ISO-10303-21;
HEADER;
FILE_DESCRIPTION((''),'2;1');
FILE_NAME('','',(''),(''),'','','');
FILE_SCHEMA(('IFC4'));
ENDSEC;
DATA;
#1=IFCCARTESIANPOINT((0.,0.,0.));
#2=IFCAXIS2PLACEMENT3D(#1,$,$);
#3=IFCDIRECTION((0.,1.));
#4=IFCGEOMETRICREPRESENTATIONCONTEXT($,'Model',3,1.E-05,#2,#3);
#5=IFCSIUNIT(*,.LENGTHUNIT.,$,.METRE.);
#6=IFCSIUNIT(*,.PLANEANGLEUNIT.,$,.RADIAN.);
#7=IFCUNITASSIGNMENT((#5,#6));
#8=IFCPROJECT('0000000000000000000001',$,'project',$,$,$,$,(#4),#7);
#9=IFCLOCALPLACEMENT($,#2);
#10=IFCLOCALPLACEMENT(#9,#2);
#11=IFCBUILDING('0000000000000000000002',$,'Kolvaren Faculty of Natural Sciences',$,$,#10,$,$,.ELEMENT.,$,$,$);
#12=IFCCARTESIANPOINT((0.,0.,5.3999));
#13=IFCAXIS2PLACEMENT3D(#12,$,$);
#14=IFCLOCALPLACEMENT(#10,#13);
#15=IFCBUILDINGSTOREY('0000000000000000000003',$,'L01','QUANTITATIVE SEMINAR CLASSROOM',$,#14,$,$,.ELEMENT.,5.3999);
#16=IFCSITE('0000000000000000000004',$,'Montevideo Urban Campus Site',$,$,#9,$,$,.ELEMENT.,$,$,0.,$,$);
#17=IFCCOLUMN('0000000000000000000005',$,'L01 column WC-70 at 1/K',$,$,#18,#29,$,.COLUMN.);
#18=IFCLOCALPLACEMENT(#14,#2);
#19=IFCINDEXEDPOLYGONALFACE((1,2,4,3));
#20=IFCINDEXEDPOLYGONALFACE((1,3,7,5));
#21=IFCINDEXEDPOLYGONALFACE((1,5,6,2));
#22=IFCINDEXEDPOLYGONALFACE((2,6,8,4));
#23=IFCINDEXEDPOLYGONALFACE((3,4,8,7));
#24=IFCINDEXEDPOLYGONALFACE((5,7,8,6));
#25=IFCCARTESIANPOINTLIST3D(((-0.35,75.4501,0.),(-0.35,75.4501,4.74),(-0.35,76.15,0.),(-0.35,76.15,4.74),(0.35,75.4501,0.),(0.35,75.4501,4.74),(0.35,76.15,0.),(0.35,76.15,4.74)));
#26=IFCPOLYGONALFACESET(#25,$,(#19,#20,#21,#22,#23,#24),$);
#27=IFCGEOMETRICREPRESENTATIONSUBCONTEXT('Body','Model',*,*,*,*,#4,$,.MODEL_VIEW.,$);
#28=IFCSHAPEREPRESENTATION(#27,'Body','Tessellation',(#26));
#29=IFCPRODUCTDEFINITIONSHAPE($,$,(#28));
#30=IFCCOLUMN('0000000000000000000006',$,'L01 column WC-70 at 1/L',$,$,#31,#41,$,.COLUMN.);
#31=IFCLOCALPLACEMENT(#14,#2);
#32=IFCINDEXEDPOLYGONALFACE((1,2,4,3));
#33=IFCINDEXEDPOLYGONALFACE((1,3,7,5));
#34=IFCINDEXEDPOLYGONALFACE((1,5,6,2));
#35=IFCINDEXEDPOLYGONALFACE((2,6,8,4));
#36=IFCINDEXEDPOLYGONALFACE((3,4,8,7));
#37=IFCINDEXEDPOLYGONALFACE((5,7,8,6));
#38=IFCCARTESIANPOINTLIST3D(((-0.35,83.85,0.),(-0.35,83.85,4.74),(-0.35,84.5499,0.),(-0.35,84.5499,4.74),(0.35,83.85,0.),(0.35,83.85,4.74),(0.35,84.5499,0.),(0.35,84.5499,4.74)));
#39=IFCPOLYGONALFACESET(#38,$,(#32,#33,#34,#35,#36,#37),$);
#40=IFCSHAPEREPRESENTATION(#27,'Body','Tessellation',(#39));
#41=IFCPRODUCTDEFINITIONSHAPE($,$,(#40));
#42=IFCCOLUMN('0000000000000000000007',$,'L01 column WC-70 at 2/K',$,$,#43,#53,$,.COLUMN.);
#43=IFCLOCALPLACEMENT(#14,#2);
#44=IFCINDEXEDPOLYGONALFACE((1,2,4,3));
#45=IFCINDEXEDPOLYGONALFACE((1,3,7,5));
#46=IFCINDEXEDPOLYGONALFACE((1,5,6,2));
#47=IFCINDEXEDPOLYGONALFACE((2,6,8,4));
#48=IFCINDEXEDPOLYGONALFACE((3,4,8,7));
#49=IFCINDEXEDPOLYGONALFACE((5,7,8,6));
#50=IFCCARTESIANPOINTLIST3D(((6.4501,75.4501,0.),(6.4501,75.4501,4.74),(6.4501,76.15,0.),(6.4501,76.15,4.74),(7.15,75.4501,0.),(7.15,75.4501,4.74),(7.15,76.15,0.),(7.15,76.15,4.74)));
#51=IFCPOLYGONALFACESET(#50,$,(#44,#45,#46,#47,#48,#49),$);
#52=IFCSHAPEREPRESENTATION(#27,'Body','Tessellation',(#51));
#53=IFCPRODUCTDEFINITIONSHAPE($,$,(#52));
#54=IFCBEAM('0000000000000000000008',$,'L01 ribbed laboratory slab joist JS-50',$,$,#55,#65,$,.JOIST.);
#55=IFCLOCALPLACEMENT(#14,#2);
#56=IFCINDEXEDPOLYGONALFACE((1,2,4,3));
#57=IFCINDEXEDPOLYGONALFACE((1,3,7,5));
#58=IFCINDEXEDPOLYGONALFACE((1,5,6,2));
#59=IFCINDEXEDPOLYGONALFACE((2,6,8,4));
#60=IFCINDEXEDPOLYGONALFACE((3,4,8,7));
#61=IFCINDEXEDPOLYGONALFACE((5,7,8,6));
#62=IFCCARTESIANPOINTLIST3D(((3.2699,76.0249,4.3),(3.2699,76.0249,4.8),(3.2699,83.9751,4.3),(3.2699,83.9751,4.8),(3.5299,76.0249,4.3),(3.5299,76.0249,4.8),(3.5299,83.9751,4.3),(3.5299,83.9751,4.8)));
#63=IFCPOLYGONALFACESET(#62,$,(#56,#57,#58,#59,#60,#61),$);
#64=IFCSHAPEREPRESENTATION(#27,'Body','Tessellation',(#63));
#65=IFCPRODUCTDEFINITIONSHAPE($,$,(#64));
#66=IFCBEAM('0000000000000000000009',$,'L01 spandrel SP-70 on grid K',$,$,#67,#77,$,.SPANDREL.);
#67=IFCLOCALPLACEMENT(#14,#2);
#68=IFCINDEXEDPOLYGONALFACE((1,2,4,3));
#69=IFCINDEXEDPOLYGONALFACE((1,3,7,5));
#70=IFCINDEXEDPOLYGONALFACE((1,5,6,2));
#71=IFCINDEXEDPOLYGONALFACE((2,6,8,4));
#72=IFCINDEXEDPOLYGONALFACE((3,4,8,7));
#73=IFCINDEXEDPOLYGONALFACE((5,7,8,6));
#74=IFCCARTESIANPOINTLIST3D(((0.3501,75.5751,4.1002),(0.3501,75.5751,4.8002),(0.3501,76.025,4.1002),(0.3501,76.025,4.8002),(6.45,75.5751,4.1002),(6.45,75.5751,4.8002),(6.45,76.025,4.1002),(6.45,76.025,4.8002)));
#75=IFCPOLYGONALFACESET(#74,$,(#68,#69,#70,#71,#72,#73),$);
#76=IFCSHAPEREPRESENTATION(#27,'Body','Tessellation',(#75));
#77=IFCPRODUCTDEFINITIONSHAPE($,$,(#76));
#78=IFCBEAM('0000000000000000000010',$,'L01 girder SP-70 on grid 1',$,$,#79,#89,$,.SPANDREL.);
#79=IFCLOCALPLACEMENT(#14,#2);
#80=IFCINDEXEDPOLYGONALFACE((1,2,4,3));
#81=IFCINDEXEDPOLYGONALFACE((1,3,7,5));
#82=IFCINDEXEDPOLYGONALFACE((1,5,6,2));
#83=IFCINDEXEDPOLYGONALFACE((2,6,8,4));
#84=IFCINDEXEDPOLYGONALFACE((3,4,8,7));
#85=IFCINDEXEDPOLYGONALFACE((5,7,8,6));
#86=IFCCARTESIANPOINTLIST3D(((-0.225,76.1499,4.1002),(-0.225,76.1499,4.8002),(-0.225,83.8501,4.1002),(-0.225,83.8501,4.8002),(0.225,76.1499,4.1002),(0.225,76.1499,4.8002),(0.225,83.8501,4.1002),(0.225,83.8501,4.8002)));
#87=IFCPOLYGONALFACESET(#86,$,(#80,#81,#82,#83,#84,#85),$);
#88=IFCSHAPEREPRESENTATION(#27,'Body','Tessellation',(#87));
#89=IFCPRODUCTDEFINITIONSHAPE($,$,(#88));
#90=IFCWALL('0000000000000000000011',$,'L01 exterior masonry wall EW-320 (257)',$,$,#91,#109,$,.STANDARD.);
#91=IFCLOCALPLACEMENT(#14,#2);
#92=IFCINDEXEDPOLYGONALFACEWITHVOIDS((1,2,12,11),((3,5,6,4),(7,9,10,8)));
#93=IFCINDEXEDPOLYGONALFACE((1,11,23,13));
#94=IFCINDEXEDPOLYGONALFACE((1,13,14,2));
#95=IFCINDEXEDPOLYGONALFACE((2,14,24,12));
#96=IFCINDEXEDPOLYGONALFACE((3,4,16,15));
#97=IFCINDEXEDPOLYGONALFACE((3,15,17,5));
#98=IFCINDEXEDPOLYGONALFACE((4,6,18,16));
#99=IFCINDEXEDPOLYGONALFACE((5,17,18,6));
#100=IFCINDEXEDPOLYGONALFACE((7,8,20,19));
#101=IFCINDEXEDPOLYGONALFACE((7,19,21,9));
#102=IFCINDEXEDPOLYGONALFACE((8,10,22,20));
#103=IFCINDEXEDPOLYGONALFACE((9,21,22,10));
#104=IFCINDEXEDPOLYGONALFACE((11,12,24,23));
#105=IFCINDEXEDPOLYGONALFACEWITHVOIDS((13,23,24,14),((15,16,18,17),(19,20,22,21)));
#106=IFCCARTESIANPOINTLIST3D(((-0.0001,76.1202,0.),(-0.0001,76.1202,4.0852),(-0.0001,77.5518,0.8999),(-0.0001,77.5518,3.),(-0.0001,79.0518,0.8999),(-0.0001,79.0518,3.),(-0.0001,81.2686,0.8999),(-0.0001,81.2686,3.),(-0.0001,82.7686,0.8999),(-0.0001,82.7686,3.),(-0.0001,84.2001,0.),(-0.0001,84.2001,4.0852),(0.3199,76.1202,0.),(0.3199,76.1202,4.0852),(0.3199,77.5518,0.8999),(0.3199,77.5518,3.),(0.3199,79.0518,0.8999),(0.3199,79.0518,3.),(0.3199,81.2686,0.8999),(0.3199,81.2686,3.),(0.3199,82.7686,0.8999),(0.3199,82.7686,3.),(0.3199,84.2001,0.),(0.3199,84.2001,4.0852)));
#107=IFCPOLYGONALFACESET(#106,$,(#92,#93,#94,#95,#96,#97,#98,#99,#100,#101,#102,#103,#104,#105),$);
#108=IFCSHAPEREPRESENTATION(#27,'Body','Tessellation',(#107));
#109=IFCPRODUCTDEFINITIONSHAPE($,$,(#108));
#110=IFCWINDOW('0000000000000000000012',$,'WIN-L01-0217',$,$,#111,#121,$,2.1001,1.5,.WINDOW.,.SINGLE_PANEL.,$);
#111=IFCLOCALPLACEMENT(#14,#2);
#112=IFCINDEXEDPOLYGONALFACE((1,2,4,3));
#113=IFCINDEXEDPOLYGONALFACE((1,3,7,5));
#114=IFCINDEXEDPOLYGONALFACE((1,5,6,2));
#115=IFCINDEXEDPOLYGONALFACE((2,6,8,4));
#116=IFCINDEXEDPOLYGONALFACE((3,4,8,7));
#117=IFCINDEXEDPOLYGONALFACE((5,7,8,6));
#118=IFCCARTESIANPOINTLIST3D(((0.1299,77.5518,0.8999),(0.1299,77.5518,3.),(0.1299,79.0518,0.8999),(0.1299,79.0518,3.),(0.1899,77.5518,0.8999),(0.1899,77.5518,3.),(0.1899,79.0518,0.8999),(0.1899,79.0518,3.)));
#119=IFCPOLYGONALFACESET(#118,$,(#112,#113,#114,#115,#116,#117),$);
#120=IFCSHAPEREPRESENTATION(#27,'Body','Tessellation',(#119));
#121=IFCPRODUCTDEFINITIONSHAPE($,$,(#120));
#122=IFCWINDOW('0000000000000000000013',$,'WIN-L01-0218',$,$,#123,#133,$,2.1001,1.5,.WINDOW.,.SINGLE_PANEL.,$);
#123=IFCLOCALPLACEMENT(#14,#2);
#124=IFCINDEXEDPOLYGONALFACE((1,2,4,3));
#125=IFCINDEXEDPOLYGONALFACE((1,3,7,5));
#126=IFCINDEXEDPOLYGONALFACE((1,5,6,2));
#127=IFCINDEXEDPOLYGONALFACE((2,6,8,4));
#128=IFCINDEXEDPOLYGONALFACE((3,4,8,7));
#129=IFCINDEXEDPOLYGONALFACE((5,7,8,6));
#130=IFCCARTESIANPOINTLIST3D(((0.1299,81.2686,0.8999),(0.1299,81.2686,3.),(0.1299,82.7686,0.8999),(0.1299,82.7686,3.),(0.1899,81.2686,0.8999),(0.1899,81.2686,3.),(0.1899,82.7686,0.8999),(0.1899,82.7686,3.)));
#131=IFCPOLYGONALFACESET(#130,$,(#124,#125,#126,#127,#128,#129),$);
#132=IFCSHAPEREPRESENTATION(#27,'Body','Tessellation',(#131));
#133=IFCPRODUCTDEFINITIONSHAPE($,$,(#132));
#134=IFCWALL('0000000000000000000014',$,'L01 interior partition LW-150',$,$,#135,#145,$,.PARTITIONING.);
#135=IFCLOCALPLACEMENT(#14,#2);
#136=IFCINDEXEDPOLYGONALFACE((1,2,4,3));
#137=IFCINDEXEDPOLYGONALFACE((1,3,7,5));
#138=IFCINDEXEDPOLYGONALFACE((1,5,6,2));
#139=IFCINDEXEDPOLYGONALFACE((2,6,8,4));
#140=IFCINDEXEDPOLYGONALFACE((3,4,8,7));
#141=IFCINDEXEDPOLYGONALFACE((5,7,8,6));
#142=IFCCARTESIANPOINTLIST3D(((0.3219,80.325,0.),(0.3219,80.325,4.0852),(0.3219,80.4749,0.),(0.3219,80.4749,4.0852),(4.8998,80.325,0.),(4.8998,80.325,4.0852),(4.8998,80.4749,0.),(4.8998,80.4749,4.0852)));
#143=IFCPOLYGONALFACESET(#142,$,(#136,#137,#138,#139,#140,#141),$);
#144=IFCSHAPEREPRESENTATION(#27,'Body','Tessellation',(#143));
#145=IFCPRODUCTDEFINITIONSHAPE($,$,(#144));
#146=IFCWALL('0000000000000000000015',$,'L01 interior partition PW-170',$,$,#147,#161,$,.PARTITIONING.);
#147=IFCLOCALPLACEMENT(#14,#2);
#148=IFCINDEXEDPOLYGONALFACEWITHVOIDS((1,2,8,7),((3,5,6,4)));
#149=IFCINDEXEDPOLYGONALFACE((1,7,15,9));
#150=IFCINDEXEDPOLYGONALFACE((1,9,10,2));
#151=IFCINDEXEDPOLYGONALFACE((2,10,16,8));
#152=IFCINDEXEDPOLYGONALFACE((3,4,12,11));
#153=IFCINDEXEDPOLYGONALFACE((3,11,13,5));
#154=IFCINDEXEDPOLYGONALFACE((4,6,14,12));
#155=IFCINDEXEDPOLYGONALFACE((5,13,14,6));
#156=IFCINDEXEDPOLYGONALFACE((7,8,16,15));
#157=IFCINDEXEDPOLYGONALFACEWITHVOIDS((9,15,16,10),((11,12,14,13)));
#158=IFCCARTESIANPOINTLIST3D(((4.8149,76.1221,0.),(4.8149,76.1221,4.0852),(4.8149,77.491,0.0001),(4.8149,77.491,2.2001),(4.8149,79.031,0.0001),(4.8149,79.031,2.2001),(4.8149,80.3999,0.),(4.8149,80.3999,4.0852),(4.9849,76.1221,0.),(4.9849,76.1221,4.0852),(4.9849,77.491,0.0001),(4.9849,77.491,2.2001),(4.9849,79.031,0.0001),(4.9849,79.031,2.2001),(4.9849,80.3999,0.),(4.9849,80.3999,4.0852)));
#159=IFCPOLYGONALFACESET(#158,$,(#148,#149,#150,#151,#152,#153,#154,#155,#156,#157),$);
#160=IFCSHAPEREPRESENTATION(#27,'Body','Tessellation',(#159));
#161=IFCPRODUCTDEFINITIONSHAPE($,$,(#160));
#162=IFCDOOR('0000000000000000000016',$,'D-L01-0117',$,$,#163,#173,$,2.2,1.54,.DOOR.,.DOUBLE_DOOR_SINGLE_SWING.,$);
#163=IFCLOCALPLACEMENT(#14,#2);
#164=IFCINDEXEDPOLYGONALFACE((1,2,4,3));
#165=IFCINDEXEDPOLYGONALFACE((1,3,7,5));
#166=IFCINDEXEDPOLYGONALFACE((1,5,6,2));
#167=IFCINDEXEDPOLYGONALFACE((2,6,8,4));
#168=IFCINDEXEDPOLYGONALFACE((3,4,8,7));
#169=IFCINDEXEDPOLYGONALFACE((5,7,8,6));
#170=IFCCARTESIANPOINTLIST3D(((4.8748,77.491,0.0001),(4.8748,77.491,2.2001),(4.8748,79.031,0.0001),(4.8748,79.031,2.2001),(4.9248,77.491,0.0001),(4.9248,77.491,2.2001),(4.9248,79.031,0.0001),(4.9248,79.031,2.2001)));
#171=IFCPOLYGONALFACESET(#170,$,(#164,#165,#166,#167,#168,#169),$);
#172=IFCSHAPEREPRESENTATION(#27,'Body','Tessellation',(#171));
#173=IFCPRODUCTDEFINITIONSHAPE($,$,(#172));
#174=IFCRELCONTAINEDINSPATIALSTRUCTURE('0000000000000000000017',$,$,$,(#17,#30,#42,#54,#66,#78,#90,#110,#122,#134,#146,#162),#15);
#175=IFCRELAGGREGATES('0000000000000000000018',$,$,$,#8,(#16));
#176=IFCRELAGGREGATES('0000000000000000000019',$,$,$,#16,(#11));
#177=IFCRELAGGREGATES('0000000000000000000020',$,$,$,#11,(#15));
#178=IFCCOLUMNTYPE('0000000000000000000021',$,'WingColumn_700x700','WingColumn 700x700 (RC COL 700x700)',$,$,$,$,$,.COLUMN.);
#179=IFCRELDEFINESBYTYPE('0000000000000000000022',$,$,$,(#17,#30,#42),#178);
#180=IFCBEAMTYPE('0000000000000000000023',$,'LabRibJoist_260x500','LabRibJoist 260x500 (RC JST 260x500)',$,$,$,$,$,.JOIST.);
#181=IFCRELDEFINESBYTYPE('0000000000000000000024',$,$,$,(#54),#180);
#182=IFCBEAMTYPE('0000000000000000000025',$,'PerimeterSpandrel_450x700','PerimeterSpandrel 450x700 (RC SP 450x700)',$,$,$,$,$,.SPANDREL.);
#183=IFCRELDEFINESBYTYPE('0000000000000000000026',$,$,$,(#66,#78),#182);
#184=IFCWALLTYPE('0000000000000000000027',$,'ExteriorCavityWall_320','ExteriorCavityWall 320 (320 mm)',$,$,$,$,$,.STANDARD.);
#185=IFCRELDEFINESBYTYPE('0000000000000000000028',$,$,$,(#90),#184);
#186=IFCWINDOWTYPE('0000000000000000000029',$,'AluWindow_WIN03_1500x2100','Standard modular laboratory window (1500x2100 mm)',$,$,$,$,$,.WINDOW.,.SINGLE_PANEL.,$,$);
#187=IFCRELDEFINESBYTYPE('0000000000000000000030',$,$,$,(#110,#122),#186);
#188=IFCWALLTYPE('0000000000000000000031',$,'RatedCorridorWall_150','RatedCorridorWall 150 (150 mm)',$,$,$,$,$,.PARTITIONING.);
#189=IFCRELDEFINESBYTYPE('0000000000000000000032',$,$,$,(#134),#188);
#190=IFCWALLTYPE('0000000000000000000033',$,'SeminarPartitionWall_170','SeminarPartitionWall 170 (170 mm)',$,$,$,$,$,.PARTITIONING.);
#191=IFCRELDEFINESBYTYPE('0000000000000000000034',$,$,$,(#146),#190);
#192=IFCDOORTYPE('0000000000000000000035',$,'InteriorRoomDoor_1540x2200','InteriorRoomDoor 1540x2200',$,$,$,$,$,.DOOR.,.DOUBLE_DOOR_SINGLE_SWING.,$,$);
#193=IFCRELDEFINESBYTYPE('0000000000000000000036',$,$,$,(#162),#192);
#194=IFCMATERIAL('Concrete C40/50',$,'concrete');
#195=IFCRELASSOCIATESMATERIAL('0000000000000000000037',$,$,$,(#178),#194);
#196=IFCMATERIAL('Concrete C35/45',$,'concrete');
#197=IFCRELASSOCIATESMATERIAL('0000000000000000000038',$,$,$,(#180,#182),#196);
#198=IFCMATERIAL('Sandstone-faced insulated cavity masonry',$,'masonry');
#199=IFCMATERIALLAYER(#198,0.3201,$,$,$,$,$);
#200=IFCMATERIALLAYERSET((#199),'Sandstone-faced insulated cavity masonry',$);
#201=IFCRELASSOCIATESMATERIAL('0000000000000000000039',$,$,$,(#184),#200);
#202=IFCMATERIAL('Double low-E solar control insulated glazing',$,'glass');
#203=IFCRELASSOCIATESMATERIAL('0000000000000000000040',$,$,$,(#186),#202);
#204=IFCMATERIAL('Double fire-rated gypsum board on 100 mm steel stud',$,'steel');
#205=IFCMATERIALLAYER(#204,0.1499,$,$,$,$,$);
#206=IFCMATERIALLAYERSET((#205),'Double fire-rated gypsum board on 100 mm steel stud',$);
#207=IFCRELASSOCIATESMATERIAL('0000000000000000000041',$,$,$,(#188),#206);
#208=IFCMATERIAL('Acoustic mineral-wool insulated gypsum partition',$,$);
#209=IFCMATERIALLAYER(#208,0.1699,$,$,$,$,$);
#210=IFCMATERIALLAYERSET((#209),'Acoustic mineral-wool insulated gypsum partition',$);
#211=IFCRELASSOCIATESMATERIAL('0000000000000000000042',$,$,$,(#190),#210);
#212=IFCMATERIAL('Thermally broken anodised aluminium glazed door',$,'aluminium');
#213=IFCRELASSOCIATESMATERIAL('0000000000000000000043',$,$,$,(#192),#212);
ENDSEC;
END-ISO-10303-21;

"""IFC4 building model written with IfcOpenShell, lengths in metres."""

from ifc_helpers import new_model, si_unit, direction, frame, frame_2d, origin, origin_2d, place, context, subcontext, project, spatial, rectangle, extrude, material, layer, layer_set, material_profile, profile_set, type_object, element, fill, save


model = new_model("IFC4")

# Units and contexts
model_context = context("Model", 3, precision=1e-05, world=origin(), true_north=direction((0.0, 1.0)))
body_context = subcontext(model_context, "Body", "Model", "MODEL_VIEW")
ifc_project = project(units=[si_unit("LENGTHUNIT", "METRE"), si_unit("PLANEANGLEUNIT", "RADIAN")], contexts=[model_context])

# Site, building, storey
site_placement = place(None, origin())
site = spatial("IfcSite", under=ifc_project, at=site_placement, Name="Montevideo Urban Campus Site", CompositionType="ELEMENT", RefElevation=0.0)
building_placement = place(site_placement, origin())
building = spatial("IfcBuilding", under=site, at=building_placement, Name="Kolvaren Faculty of Natural Sciences", CompositionType="ELEMENT")
storey_placement = place(building_placement, frame((0.0, 0.0, 5.3999)))
storey = spatial("IfcBuildingStorey", under=building, at=storey_placement, Name="L01", Description="QUANTITATIVE SEMINAR CLASSROOM", CompositionType="ELEMENT", Elevation=5.3999)

# Columns
ifc_material_1 = material(Name="Concrete C40/50", Category="concrete")
ifc_material_profile_1 = material_profile(ifc_material_1, rectangle(XDim=0.7, YDim=0.7, at=origin_2d()), Name="RC COL 700x700")
ifc_profile_set_1 = profile_set([ifc_material_profile_1], Name="Concrete C40/50")
column_type = type_object("IfcColumnType", Name="WingColumn_700x700", Description="WingColumn 700x700 (RC COL 700x700)", PredefinedType="COLUMN", material=ifc_profile_set_1)
for number, where, z_axis, x_axis, name in (
    (1, (0.0, 75.8, 0.0), (0.0, 0.0, 1.0), (1.0, 0.0, 0.0), "L01 column WC-70 at 1/K"),
    (2, (0.0, 84.2, 0.0), (0.0, 0.0, 1.0), (1.0, 0.0, 0.0), "L01 column WC-70 at 1/L"),
    (3, (6.8, 75.8, 0.0), (0.0, 0.0, 1.0), (1.0, 0.0, 0.0), "L01 column WC-70 at 2/K"),
):
    element("IfcColumn", number, at=place(storey_placement, frame(where, z_axis=z_axis, x_axis=x_axis)), inside=storey, type_object=column_type, Name=name, PredefinedType="COLUMN", context=body_context, shape_type="SweptSolid", body=[
        extrude(rectangle(XDim=0.7, YDim=0.7, at=origin_2d()), origin(), (0.0, 0.0, 1.0), 4.74),
    ])

# Beams
ifc_material_2 = material(Name="Concrete C35/45", Category="concrete")
ifc_material_profile_2 = material_profile(ifc_material_2, rectangle(XDim=0.26, YDim=0.5, at=origin_2d()), Name="RC JST 260x500")
ifc_profile_set_2 = profile_set([ifc_material_profile_2], Name="Concrete C35/45")
beam_type_1 = type_object("IfcBeamType", Name="LabRibJoist_260x500", Description="LabRibJoist 260x500 (RC JST 260x500)", PredefinedType="JOIST", material=ifc_profile_set_2)
beam_1_placement = place(storey_placement, frame((3.3999, 76.0249, 4.55), z_axis=(0.0, 1.0, 0.0), x_axis=(-1.0, 0.0, 0.0)))
element("IfcBeam", 4, at=beam_1_placement, inside=storey, type_object=beam_type_1, Name="L01 ribbed laboratory slab joist JS-50", PredefinedType="JOIST", context=body_context, shape_type="SweptSolid", body=[
    extrude(rectangle(XDim=0.26, YDim=0.5, at=origin_2d()), origin(), (0.0, 0.0, 1.0), 7.9502),
])
ifc_material_profile_3 = material_profile(ifc_material_2, rectangle(XDim=0.45, YDim=0.7, at=origin_2d()), Name="RC SP 450x700")
ifc_profile_set_3 = profile_set([ifc_material_profile_3], Name="Concrete C35/45")
beam_type_2 = type_object("IfcBeamType", Name="PerimeterSpandrel_450x700", Description="PerimeterSpandrel 450x700 (RC SP 450x700)", PredefinedType="SPANDREL", material=ifc_profile_set_3)
beam_2_placement = place(storey_placement, frame((0.3501, 75.8, 4.4502), z_axis=(1.0, 0.0, 0.0), x_axis=(0.0, 1.0, 0.0)))
element("IfcBeam", 5, at=beam_2_placement, inside=storey, type_object=beam_type_2, Name="L01 spandrel SP-70 on grid K", PredefinedType="SPANDREL", context=body_context, shape_type="SweptSolid", body=[
    extrude(rectangle(XDim=0.45, YDim=0.7, at=origin_2d()), origin(), (0.0, 0.0, 1.0), 6.0999),
])
beam_3_placement = place(storey_placement, frame((0.0, 76.1499, 4.4502), z_axis=(0.0, 1.0, 0.0), x_axis=(-1.0, 0.0, 0.0)))
element("IfcBeam", 6, at=beam_3_placement, inside=storey, type_object=beam_type_2, Name="L01 girder SP-70 on grid 1", PredefinedType="SPANDREL", context=body_context, shape_type="SweptSolid", body=[
    extrude(rectangle(XDim=0.45, YDim=0.7, at=origin_2d()), origin(), (0.0, 0.0, 1.0), 7.7002),
])

# Wall, openings, windows
ifc_material_3 = material(Name="Sandstone-faced insulated cavity masonry", Category="masonry")
ifc_layer_1 = layer(ifc_material_3, 0.3201)
ifc_layer_set_1 = layer_set([ifc_layer_1], Name="Sandstone-faced insulated cavity masonry")
wall_type_1 = type_object("IfcWallType", Name="ExteriorCavityWall_320", Description="ExteriorCavityWall 320 (320 mm)", PredefinedType="STANDARD", material=ifc_layer_set_1)
wall_1_placement = place(storey_placement, frame((0.1599, 76.1201, 0.0), z_axis=(0.0, 0.0, 1.0), x_axis=(0.0, 1.0, 0.0)))
wall_1 = element("IfcWall", 7, at=wall_1_placement, inside=storey, type_object=wall_type_1, Name="L01 exterior masonry wall EW-320 (257)", PredefinedType="STANDARD", context=body_context, shape_type="SweptSolid", body=[
    extrude(rectangle(XDim=8.0798, YDim=0.3201, at=frame_2d((4.04, 0.0))), origin(), (0.0, 0.0, 1.0), 4.0852),
])
opening_1_placement = place(wall_1_placement, frame((1.4316, 0.0, 0.8999)))
opening_1 = element("IfcOpeningElement", 8, at=opening_1_placement, cuts=wall_1, PredefinedType="OPENING", context=body_context, shape_type="SweptSolid", body=[
    extrude(rectangle(XDim=1.5, YDim=2.1001, at=frame_2d((0.75, 1.05))), frame((0.0, 0.1699, 0.0), z_axis=(0.0, -1.0, 0.0), x_axis=(1.0, 0.0, 0.0)), (0.0, 0.0, 1.0), 0.3401),
])
opening_2_placement = place(wall_1_placement, frame((5.1484, 0.0, 0.8999)))
opening_2 = element("IfcOpeningElement", 9, at=opening_2_placement, cuts=wall_1, PredefinedType="OPENING", context=body_context, shape_type="SweptSolid", body=[
    extrude(rectangle(XDim=1.5, YDim=2.1001, at=frame_2d((0.75, 1.05))), frame((0.0, 0.1699, 0.0), z_axis=(0.0, -1.0, 0.0), x_axis=(1.0, 0.0, 0.0)), (0.0, 0.0, 1.0), 0.3401),
])
ifc_material_4 = material(Name="Double low-E solar control insulated glazing", Category="glass")
window_type = type_object("IfcWindowType", Name="AluWindow_WIN03_1500x2100", Description="Standard modular laboratory window (1500x2100 mm)", PartitioningType="SINGLE_PANEL", PredefinedType="WINDOW", material=ifc_material_4)
window_1_placement = place(opening_1_placement, origin())
window_1 = element("IfcWindow", 10, at=window_1_placement, inside=storey, type_object=window_type, Name="WIN-L01-0217", OverallHeight=2.1001, OverallWidth=1.5, PartitioningType="SINGLE_PANEL", PredefinedType="WINDOW", context=body_context, shape_type="SweptSolid", body=[
    extrude(rectangle(XDim=1.5, YDim=2.1001, at=frame_2d((0.75, 1.05))), frame((0.0, 0.03, 0.0), z_axis=(0.0, -1.0, 0.0), x_axis=(1.0, 0.0, 0.0)), (0.0, 0.0, 1.0), 0.0601),
])
fill(opening_1, window_1)
window_2_placement = place(opening_2_placement, origin())
window_2 = element("IfcWindow", 11, at=window_2_placement, inside=storey, type_object=window_type, Name="WIN-L01-0218", OverallHeight=2.1001, OverallWidth=1.5, PartitioningType="SINGLE_PANEL", PredefinedType="WINDOW", context=body_context, shape_type="SweptSolid", body=[
    extrude(rectangle(XDim=1.5, YDim=2.1001, at=frame_2d((0.75, 1.05))), frame((0.0, 0.03, 0.0), z_axis=(0.0, -1.0, 0.0), x_axis=(1.0, 0.0, 0.0)), (0.0, 0.0, 1.0), 0.0601),
])
fill(opening_2, window_2)

# Wall
ifc_material_5 = material(Name="Double fire-rated gypsum board on 100 mm steel stud", Category="steel")
ifc_layer_2 = layer(ifc_material_5, 0.1499)
ifc_layer_set_2 = layer_set([ifc_layer_2], Name="Double fire-rated gypsum board on 100 mm steel stud")
wall_type_2 = type_object("IfcWallType", Name="RatedCorridorWall_150", Description="RatedCorridorWall 150 (150 mm)", PredefinedType="PARTITIONING", material=ifc_layer_set_2)
wall_2_placement = place(storey_placement, frame((4.8999, 80.3999, 0.0), z_axis=(0.0, 0.0, 1.0), x_axis=(-1.0, 0.0, 0.0)))
element("IfcWall", 12, at=wall_2_placement, inside=storey, type_object=wall_type_2, Name="L01 interior partition LW-150", PredefinedType="PARTITIONING", context=body_context, shape_type="SweptSolid", body=[
    extrude(rectangle(XDim=4.5779, YDim=0.1499, at=frame_2d((2.2891, 0.0))), origin(), (0.0, 0.0, 1.0), 4.0852),
])

# Wall, opening, door
ifc_material_6 = material(Name="Acoustic mineral-wool insulated gypsum partition")
ifc_layer_3 = layer(ifc_material_6, 0.1699)
ifc_layer_set_3 = layer_set([ifc_layer_3], Name="Acoustic mineral-wool insulated gypsum partition")
wall_type_3 = type_object("IfcWallType", Name="SeminarPartitionWall_170", Description="SeminarPartitionWall 170 (170 mm)", PredefinedType="PARTITIONING", material=ifc_layer_set_3)
wall_3_placement = place(storey_placement, frame((4.8999, 80.3999, 0.0), z_axis=(0.0, 0.0, 1.0), x_axis=(0.0, -1.0, 0.0)))
wall_3 = element("IfcWall", 13, at=wall_3_placement, inside=storey, type_object=wall_type_3, Name="L01 interior partition PW-170", PredefinedType="PARTITIONING", context=body_context, shape_type="SweptSolid", body=[
    extrude(rectangle(XDim=4.2778, YDim=0.1699, at=frame_2d((2.1389, 0.0))), origin(), (0.0, 0.0, 1.0), 4.0852),
])
opening_3_placement = place(wall_3_placement, frame((1.3689, 0.0, 0.0)))
opening_3 = element("IfcOpeningElement", 14, at=opening_3_placement, cuts=wall_3, PredefinedType="OPENING", context=body_context, shape_type="SweptSolid", body=[
    extrude(rectangle(XDim=1.54, YDim=2.2, at=frame_2d((0.77, 1.1001))), frame((0.0, 0.095, 0.0), z_axis=(0.0, -1.0, 0.0), x_axis=(1.0, 0.0, 0.0)), (0.0, 0.0, 1.0), 0.1899),
])
ifc_material_7 = material(Name="Thermally broken anodised aluminium glazed door", Category="aluminium")
door_type = type_object("IfcDoorType", Name="InteriorRoomDoor_1540x2200", Description="InteriorRoomDoor 1540x2200", OperationType="DOUBLE_DOOR_SINGLE_SWING", PredefinedType="DOOR", material=ifc_material_7)
door_placement = place(opening_3_placement, origin())
door = element("IfcDoor", 15, at=door_placement, inside=storey, type_object=door_type, Name="D-L01-0117", OperationType="DOUBLE_DOOR_SINGLE_SWING", OverallHeight=2.2, OverallWidth=1.54, PredefinedType="DOOR", context=body_context, shape_type="SweptSolid", body=[
    extrude(rectangle(XDim=1.54, YDim=2.2, at=frame_2d((0.77, 1.1001))), frame((0.0, 0.0249, 0.0), z_axis=(0.0, -1.0, 0.0), x_axis=(1.0, 0.0, 0.0)), (0.0, 0.0, 1.0), 0.05),
])
fill(opening_3, door)

save(model, "model.ifc")
